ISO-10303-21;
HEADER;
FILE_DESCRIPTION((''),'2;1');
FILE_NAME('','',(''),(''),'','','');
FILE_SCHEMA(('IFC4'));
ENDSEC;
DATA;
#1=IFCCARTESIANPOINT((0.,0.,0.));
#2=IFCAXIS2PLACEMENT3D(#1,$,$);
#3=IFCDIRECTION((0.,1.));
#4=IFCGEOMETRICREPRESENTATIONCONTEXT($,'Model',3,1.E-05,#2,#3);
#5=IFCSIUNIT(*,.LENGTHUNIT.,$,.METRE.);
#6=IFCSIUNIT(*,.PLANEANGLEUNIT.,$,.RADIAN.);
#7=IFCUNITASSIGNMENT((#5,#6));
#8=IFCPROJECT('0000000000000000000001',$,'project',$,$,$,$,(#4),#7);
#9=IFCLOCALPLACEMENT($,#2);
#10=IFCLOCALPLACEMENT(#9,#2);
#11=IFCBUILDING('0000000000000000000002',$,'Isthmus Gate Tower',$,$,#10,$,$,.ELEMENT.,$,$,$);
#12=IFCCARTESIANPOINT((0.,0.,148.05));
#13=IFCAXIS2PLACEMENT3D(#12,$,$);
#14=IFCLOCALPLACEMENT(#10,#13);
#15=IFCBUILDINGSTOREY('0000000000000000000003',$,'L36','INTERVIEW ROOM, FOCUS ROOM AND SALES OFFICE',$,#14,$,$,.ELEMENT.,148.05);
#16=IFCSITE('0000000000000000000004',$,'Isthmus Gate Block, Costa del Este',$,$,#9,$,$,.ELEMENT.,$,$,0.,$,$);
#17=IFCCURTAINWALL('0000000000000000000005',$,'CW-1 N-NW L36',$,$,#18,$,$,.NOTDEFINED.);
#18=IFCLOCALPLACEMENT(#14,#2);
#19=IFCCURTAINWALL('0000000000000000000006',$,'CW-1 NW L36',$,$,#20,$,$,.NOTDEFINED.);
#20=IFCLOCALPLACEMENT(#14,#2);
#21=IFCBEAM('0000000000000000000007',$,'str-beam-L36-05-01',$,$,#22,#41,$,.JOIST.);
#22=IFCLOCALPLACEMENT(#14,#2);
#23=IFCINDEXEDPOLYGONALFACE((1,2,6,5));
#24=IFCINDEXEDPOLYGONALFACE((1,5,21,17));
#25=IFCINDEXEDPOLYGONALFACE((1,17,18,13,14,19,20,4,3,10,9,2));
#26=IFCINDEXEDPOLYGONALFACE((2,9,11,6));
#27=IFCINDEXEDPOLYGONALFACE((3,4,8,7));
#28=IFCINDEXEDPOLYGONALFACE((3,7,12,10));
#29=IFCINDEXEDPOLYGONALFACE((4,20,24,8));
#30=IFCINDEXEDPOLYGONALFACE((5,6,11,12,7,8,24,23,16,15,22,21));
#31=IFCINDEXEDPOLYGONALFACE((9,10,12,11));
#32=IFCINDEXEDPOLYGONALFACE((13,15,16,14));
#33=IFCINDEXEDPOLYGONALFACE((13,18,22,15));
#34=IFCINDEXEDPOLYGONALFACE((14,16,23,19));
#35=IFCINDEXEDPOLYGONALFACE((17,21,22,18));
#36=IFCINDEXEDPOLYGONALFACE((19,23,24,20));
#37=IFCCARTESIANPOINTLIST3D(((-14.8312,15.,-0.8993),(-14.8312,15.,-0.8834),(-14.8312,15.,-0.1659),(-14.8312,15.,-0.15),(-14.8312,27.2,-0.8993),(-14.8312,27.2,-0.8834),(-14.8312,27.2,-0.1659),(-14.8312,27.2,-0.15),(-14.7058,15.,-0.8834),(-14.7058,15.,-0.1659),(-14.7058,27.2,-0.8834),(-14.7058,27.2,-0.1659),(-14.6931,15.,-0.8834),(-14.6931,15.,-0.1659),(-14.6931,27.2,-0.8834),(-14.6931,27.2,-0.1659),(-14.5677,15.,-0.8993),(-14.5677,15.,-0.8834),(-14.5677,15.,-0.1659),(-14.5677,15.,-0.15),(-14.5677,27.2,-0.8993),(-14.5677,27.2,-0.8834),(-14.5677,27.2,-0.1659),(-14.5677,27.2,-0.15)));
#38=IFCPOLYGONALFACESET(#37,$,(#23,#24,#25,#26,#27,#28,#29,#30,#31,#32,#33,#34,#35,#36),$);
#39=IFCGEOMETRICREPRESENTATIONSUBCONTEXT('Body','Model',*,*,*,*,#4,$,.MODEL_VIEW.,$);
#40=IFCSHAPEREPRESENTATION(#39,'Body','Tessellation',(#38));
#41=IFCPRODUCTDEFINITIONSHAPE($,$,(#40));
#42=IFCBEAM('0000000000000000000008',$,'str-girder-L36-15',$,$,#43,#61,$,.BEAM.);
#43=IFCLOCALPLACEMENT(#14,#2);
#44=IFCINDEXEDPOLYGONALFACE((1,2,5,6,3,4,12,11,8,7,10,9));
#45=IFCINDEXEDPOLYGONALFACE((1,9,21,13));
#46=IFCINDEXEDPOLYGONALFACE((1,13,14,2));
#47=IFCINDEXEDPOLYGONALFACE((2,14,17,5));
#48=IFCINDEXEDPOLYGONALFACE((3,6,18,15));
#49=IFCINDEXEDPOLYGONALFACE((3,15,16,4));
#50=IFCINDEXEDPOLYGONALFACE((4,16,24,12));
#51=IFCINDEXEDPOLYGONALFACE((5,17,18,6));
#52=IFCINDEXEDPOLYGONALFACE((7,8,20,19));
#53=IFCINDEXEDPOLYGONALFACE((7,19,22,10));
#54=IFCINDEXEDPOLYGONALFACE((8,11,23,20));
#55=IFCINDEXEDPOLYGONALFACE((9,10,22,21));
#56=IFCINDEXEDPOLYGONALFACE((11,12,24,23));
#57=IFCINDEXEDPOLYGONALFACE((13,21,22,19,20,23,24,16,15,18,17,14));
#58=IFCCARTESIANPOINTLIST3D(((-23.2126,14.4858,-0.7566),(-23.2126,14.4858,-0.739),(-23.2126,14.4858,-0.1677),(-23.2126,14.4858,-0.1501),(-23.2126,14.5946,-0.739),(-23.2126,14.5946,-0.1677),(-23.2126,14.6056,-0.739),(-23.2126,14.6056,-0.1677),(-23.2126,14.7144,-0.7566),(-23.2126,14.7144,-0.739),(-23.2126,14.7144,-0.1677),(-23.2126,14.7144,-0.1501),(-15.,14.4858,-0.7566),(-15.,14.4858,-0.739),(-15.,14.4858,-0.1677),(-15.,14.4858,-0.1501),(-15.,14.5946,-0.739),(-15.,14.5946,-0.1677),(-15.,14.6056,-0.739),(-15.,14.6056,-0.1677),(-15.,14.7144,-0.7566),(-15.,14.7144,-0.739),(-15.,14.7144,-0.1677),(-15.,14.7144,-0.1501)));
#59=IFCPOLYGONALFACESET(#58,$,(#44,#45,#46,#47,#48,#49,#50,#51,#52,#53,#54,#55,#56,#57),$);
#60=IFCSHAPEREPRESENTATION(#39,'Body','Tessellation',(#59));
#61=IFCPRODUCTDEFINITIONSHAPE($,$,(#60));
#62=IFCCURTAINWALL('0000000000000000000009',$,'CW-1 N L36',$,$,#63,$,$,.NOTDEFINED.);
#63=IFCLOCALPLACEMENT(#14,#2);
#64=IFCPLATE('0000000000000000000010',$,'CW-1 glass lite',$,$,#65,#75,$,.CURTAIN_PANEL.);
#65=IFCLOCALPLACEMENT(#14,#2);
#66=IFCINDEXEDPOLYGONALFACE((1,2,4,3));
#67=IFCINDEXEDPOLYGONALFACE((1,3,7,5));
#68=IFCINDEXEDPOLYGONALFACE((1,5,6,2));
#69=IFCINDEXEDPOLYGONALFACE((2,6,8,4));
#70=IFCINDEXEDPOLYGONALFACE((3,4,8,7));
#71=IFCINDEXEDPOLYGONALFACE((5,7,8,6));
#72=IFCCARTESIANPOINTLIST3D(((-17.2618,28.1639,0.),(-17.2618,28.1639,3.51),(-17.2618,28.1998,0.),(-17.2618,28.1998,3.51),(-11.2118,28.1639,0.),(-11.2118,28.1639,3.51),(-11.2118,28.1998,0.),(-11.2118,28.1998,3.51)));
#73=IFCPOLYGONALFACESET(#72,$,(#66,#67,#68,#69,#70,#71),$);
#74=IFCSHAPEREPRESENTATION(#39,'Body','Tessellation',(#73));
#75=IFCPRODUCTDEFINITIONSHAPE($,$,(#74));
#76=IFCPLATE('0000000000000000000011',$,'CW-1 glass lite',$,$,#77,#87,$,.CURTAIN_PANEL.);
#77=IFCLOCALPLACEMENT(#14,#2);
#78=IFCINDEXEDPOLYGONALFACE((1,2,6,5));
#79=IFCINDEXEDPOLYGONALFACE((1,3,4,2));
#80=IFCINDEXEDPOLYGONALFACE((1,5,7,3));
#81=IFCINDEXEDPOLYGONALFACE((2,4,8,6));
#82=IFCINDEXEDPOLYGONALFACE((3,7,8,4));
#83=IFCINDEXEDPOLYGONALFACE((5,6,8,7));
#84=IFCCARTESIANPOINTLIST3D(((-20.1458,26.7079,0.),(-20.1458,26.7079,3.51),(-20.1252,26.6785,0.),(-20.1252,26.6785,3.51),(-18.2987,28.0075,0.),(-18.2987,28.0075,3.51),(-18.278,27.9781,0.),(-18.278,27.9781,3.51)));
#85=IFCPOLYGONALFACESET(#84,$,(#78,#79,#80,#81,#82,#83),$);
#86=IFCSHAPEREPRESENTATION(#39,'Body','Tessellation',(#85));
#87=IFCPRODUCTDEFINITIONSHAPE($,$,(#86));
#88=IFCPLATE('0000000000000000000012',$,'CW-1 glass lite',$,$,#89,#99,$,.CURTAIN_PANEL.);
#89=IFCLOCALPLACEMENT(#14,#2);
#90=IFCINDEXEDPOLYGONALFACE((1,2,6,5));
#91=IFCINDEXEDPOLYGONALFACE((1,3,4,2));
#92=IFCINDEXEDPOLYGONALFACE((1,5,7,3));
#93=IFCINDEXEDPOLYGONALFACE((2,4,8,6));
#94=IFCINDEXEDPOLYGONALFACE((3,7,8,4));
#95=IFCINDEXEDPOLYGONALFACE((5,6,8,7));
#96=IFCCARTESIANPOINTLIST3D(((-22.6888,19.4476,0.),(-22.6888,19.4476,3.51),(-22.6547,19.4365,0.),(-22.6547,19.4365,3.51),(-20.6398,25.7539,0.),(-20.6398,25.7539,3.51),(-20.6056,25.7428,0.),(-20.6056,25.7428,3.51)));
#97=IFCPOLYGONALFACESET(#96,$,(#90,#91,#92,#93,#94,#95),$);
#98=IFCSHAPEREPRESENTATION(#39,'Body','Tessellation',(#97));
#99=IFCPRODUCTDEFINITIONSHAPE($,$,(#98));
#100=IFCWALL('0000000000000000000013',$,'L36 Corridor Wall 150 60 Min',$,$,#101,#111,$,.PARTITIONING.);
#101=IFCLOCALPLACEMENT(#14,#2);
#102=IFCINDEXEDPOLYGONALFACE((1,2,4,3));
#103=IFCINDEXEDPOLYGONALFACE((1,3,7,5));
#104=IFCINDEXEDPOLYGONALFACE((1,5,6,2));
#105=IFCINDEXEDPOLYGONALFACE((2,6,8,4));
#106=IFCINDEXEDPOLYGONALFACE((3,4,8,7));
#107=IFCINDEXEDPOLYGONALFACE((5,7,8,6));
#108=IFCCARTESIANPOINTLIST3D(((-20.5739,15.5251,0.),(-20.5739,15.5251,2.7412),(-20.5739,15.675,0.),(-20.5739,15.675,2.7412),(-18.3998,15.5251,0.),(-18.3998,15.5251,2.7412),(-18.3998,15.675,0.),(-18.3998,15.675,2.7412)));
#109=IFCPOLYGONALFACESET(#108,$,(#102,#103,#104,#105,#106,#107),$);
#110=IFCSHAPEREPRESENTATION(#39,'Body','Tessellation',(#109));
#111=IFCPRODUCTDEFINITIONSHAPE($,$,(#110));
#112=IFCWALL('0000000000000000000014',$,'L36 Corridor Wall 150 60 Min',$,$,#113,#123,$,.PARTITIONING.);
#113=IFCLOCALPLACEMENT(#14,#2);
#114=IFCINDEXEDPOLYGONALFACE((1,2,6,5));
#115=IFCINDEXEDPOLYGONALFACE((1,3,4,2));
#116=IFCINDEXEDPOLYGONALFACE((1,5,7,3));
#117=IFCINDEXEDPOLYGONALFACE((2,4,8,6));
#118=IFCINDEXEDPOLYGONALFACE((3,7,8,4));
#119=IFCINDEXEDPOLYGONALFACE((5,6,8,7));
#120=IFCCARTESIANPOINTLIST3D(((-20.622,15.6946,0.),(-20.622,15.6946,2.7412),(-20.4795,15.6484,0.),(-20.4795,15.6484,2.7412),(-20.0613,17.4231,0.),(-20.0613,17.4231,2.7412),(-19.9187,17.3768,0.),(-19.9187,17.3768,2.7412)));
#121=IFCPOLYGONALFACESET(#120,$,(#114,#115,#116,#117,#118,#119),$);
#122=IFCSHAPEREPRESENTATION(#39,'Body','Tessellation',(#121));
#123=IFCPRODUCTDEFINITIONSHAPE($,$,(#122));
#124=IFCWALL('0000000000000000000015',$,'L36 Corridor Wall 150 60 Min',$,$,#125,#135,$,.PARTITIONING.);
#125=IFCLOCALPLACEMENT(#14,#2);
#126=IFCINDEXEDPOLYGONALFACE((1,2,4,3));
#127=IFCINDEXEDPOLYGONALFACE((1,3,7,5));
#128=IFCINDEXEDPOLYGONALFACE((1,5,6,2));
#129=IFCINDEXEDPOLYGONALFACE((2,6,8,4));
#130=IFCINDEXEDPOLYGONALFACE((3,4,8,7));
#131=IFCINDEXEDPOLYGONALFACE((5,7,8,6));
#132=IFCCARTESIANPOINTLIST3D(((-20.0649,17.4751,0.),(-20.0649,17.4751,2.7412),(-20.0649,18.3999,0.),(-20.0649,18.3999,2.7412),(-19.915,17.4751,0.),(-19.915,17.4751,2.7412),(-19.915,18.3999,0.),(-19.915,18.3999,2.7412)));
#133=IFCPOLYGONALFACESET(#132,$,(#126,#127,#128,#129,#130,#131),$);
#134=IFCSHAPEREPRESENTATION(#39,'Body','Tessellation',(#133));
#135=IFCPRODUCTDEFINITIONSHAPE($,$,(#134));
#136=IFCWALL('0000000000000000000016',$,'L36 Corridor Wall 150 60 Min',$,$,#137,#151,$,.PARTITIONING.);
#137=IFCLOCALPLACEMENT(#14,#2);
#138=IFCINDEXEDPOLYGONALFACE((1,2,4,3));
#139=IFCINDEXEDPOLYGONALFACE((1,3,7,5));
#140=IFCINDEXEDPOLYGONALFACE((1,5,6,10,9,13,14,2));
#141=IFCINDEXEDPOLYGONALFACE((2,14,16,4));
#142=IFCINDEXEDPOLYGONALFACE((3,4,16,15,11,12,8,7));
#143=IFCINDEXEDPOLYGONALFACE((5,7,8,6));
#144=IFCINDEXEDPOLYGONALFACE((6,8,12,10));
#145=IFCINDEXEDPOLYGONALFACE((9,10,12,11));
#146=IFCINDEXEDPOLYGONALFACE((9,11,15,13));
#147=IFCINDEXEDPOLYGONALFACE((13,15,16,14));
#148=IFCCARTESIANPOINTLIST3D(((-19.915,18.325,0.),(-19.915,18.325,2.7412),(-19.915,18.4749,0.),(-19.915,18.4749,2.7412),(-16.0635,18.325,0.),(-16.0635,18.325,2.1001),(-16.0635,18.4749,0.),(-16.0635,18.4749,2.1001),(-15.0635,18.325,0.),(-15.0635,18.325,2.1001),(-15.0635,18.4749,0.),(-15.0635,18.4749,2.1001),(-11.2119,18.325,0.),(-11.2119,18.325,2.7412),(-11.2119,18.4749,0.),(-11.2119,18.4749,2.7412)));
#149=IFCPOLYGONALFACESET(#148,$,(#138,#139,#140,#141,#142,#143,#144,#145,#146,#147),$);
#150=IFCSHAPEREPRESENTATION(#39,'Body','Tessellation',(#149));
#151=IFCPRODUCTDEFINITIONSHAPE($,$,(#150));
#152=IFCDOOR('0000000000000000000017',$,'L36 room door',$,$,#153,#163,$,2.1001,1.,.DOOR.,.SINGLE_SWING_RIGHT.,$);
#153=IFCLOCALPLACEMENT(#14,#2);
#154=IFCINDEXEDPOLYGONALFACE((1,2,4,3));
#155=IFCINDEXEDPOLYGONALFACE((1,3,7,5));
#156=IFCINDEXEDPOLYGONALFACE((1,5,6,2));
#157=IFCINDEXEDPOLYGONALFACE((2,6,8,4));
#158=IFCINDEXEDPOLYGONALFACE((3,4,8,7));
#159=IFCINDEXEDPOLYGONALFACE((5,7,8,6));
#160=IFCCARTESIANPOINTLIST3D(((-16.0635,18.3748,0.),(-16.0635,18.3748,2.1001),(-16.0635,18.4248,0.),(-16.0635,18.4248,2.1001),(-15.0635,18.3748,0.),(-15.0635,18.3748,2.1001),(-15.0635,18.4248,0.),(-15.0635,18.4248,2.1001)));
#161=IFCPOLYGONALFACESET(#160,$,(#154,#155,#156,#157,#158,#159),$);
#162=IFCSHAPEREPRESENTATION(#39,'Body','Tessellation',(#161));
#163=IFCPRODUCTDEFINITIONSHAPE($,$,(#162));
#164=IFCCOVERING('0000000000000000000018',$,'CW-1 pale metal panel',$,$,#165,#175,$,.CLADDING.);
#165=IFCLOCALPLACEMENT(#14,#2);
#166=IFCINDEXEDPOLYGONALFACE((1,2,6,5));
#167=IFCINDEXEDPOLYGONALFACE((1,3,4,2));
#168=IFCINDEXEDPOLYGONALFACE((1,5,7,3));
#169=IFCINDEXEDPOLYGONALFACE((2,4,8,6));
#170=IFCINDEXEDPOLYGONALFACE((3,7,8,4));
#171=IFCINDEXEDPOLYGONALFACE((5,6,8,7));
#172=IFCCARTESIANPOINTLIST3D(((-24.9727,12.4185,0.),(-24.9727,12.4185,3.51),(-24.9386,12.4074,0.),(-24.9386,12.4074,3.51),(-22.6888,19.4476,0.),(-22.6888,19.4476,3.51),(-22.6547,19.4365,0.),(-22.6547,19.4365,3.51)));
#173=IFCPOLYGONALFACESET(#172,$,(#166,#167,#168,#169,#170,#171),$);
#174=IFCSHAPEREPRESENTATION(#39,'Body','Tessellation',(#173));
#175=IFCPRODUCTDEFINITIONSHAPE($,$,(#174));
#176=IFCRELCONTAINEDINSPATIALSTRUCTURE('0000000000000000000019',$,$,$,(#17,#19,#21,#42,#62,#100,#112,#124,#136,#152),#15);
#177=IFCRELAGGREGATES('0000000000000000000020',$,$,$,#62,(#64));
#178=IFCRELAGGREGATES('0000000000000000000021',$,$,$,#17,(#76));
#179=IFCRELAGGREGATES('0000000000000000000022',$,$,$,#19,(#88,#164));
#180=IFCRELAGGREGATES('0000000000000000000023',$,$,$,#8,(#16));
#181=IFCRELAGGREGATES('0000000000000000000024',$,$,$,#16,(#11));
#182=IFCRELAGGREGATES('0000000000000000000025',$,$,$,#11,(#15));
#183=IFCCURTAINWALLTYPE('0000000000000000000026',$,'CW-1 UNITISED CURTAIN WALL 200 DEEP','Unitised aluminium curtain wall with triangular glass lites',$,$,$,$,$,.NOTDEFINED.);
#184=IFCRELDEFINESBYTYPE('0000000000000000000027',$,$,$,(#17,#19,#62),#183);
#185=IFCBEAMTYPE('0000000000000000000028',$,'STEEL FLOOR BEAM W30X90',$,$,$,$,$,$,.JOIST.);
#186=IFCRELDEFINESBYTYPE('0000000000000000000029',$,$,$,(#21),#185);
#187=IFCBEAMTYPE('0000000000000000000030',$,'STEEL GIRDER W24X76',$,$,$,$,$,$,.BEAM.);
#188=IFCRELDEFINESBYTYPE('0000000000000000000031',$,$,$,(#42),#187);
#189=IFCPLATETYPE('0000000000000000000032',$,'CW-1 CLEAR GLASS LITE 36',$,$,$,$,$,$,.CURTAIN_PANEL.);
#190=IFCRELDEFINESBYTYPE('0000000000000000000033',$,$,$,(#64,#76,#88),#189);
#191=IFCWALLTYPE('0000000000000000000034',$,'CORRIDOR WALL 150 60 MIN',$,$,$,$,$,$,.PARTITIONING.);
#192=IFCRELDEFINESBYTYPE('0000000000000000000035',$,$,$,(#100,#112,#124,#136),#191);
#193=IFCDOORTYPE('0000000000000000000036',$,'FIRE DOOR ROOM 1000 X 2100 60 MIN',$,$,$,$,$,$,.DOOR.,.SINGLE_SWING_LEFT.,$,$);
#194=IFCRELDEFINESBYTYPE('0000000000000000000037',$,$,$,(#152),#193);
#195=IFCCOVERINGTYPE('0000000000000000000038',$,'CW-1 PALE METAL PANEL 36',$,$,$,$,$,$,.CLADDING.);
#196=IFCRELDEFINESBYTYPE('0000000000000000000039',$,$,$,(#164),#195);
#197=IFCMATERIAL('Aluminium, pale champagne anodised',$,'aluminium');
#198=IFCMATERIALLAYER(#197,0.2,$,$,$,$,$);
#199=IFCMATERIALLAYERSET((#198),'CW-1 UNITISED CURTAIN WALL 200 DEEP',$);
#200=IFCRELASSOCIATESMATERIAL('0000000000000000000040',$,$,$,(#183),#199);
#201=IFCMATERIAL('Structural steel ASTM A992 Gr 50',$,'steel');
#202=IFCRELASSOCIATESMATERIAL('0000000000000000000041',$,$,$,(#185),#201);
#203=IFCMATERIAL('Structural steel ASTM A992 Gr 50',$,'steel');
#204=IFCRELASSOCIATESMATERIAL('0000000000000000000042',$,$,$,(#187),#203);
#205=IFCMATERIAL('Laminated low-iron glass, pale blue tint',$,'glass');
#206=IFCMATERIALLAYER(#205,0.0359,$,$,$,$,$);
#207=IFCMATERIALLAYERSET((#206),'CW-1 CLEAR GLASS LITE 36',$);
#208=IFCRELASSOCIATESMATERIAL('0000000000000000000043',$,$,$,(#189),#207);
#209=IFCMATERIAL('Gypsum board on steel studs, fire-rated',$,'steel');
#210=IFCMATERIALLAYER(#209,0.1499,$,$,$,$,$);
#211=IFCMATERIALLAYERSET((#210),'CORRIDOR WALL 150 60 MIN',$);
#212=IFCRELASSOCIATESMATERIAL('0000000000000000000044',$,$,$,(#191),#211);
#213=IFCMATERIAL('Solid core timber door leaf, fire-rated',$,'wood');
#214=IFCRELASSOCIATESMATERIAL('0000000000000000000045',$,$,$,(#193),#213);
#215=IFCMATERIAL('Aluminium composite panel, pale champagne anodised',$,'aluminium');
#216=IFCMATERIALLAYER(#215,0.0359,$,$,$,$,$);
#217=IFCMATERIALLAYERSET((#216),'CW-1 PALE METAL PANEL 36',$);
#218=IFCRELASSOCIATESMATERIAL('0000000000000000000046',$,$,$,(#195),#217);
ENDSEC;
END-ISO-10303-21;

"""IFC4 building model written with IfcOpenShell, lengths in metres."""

from ifc_helpers import new_model, si_unit, direction, frame, frame_2d, origin, origin_2d, place, context, subcontext, project, spatial, rectangle, i_section, extrude, material, layer, layer_set, material_profile, profile_set, type_object, element, fill, aggregate, save


model = new_model("IFC4")

# Units and contexts
model_context = context("Model", 3, precision=1e-05, world=origin(), true_north=direction((0.0, 1.0)))
body_context = subcontext(model_context, "Body", "Model", "MODEL_VIEW")
ifc_project = project(units=[si_unit("LENGTHUNIT", "METRE"), si_unit("PLANEANGLEUNIT", "RADIAN")], contexts=[model_context])

# Site, building, storey
site_placement = place(None, origin())
site = spatial("IfcSite", under=ifc_project, at=site_placement, Name="Isthmus Gate Block, Costa del Este", CompositionType="ELEMENT", RefElevation=0.0)
building_placement = place(site_placement, origin())
building = spatial("IfcBuilding", under=site, at=building_placement, Name="Isthmus Gate Tower", CompositionType="ELEMENT")
storey_placement = place(building_placement, frame((0.0, 0.0, 148.05)))
storey = spatial("IfcBuildingStorey", under=building, at=storey_placement, Name="L36", Description="INTERVIEW ROOM, FOCUS ROOM AND SALES OFFICE", CompositionType="ELEMENT", Elevation=148.05)

# Curtain walls
ifc_material_1 = material(Name="Aluminium, pale champagne anodised", Category="aluminium")
ifc_layer_1 = layer(ifc_material_1, 0.2)
ifc_layer_set_1 = layer_set([ifc_layer_1], Name="CW-1 UNITISED CURTAIN WALL 200 DEEP")
curtain_wall_type = type_object("IfcCurtainWallType", Name="CW-1 UNITISED CURTAIN WALL 200 DEEP", Description="Unitised aluminium curtain wall with triangular glass lites", PredefinedType="NOTDEFINED", material=ifc_layer_set_1)
curtain_wall_1_placement = place(storey_placement, origin())
curtain_wall_1 = element("IfcCurtainWall", 1, at=curtain_wall_1_placement, inside=storey, type_object=curtain_wall_type, Name="CW-1 N-NW L36", PredefinedType="NOTDEFINED")
curtain_wall_2_placement = place(storey_placement, origin())
curtain_wall_2 = element("IfcCurtainWall", 2, at=curtain_wall_2_placement, inside=storey, type_object=curtain_wall_type, Name="CW-1 NW L36", PredefinedType="NOTDEFINED")

# Beams
ifc_material_2 = material(Name="Structural steel ASTM A992 Gr 50", Category="steel")
ifc_material_profile_1 = material_profile(ifc_material_2, i_section(OverallWidth=0.2634, OverallDepth=0.7493, WebThickness=0.0127, FlangeThickness=0.0159, at=origin_2d()), Name="W30X90")
ifc_profile_set_1 = profile_set([ifc_material_profile_1], Name="Structural steel ASTM A992 Gr 50")
beam_type_1 = type_object("IfcBeamType", Name="STEEL FLOOR BEAM W30X90", PredefinedType="JOIST", material=ifc_profile_set_1)
beam_1_placement = place(storey_placement, frame((-14.6995, 15.0, -0.5247), z_axis=(0.0, 1.0, 0.0), x_axis=(-1.0, 0.0, 0.0)))
element("IfcBeam", 3, at=beam_1_placement, inside=storey, type_object=beam_type_1, Name="str-beam-L36-05-01", PredefinedType="JOIST", context=body_context, shape_type="SweptSolid", body=[
    extrude(i_section(OverallWidth=0.2634, OverallDepth=0.7493, WebThickness=0.0127, FlangeThickness=0.0159, at=origin_2d()), origin(), (0.0, 0.0, 1.0), 12.2),
])
ifc_material_3 = material(Name="Structural steel ASTM A992 Gr 50", Category="steel")
ifc_material_profile_2 = material_profile(ifc_material_3, i_section(OverallWidth=0.2285, OverallDepth=0.6064, WebThickness=0.011, FlangeThickness=0.0176, at=origin_2d()), Name="W24X76")
ifc_profile_set_2 = profile_set([ifc_material_profile_2], Name="Structural steel ASTM A992 Gr 50")
beam_type_2 = type_object("IfcBeamType", Name="STEEL GIRDER W24X76", PredefinedType="BEAM", material=ifc_profile_set_2)
beam_2_placement = place(storey_placement, frame((-15.0, 14.6001, -0.4534), z_axis=(-1.0, 0.0, 0.0), x_axis=(0.0, -1.0, 0.0)))
element("IfcBeam", 4, at=beam_2_placement, inside=storey, type_object=beam_type_2, Name="str-girder-L36-15", PredefinedType="BEAM", context=body_context, shape_type="SweptSolid", body=[
    extrude(i_section(OverallWidth=0.2285, OverallDepth=0.6064, WebThickness=0.011, FlangeThickness=0.0176, at=origin_2d()), origin(), (0.0, 0.0, 1.0), 8.2126),
])

# Curtain wall, plate
curtain_wall_3_placement = place(storey_placement, origin())
curtain_wall_3 = element("IfcCurtainWall", 5, at=curtain_wall_3_placement, inside=storey, type_object=curtain_wall_type, Name="CW-1 N L36", PredefinedType="NOTDEFINED")
ifc_material_4 = material(Name="Laminated low-iron glass, pale blue tint", Category="glass")
ifc_layer_2 = layer(ifc_material_4, 0.0359)
ifc_layer_set_2 = layer_set([ifc_layer_2], Name="CW-1 CLEAR GLASS LITE 36")
plate_type = type_object("IfcPlateType", Name="CW-1 CLEAR GLASS LITE 36", PredefinedType="CURTAIN_PANEL", material=ifc_layer_set_2)
plate_1_placement = place(storey_placement, frame((-14.2368, 28.1819, 0.0), z_axis=(0.0, 0.0, 1.0), x_axis=(-1.0, 0.0, 0.0)))
plate_1 = element("IfcPlate", 6, at=plate_1_placement, type_object=plate_type, Name="CW-1 glass lite", PredefinedType="CURTAIN_PANEL", context=body_context, shape_type="SweptSolid", body=[
    extrude(rectangle(XDim=6.05, YDim=0.0359, at=origin_2d()), origin(), (0.0, 0.0, 1.0), 3.51),
])
aggregate(curtain_wall_3, [plate_1])

# Plates
plate_2_placement = place(storey_placement, frame((-19.2119, 27.343, 0.0), z_axis=(0.0, 0.0, 1.0), x_axis=(-0.81786, -0.575418, 0.0)))
plate_2 = element("IfcPlate", 7, at=plate_2_placement, type_object=plate_type, Name="CW-1 glass lite", PredefinedType="CURTAIN_PANEL", context=body_context, shape_type="SweptSolid", body=[
    extrude(rectangle(XDim=2.2585, YDim=0.0359, at=origin_2d()), origin(), (0.0, 0.0, 1.0), 3.51),
])
aggregate(curtain_wall_1, [plate_2])
plate_3_placement = place(storey_placement, frame((-21.6472, 22.5952, 0.0), z_axis=(0.0, 0.0, 1.0), x_axis=(-0.309017, -0.951057, 0.0)))
plate_3 = element("IfcPlate", 8, at=plate_3_placement, type_object=plate_type, Name="CW-1 glass lite", PredefinedType="CURTAIN_PANEL", context=body_context, shape_type="SweptSolid", body=[
    extrude(rectangle(XDim=6.6309, YDim=0.0359, at=origin_2d()), origin(), (0.0, 0.0, 1.0), 3.51),
])

# Walls
ifc_material_5 = material(Name="Gypsum board on steel studs, fire-rated", Category="steel")
ifc_layer_3 = layer(ifc_material_5, 0.1499)
ifc_layer_set_3 = layer_set([ifc_layer_3], Name="CORRIDOR WALL 150 60 MIN")
wall_type = type_object("IfcWallType", Name="CORRIDOR WALL 150 60 MIN", PredefinedType="PARTITIONING", material=ifc_layer_set_3)
wall_1_placement = place(storey_placement, frame((-18.3999, 15.6001, 0.0), z_axis=(0.0, 0.0, 1.0), x_axis=(-1.0, 0.0, 0.0)))
element("IfcWall", 9, at=wall_1_placement, inside=storey, type_object=wall_type, Name="L36 Corridor Wall 150 60 Min", PredefinedType="PARTITIONING", context=body_context, shape_type="SweptSolid", body=[
    extrude(rectangle(XDim=2.1741, YDim=0.1499, at=frame_2d((1.0869, 0.0))), origin(), (0.0, 0.0, 1.0), 2.7412),
])
wall_2_placement = place(storey_placement, frame((-20.5508, 15.6714, 0.0), z_axis=(0.0, 0.0, 1.0), x_axis=(0.3086, 0.951192, 0.0)))
element("IfcWall", 10, at=wall_2_placement, inside=storey, type_object=wall_type, Name="L36 Corridor Wall 150 60 Min", PredefinedType="PARTITIONING", context=body_context, shape_type="SweptSolid", body=[
    extrude(rectangle(XDim=1.8171, YDim=0.1499, at=frame_2d((0.9087, 0.0))), origin(), (0.0, 0.0, 1.0), 2.7412),
])
wall_3_placement = place(storey_placement, frame((-19.99, 17.4751, 0.0), z_axis=(0.0, 0.0, 1.0), x_axis=(0.0, 1.0, 0.0)))
element("IfcWall", 11, at=wall_3_placement, inside=storey, type_object=wall_type, Name="L36 Corridor Wall 150 60 Min", PredefinedType="PARTITIONING", context=body_context, shape_type="SweptSolid", body=[
    extrude(rectangle(XDim=0.9248, YDim=0.1499, at=frame_2d((0.4624, 0.0))), origin(), (0.0, 0.0, 1.0), 2.7412),
])

# Wall, opening, door
wall_4_placement = place(storey_placement, frame((-19.915, 18.3999, 0.0), z_axis=(0.0, 0.0, 1.0), x_axis=(1.0, 0.0, 0.0)))
wall_4 = element("IfcWall", 12, at=wall_4_placement, inside=storey, type_object=wall_type, Name="L36 Corridor Wall 150 60 Min", PredefinedType="PARTITIONING", context=body_context, shape_type="SweptSolid", body=[
    extrude(rectangle(XDim=8.7031, YDim=0.1499, at=frame_2d((4.3516, 0.0))), origin(), (0.0, 0.0, 1.0), 2.7412),
])
opening_placement = place(wall_4_placement, frame((3.8516, 0.0, 0.0)))
opening = element("IfcOpeningElement", 13, at=opening_placement, cuts=wall_4, PredefinedType="OPENING", context=body_context, shape_type="SweptSolid", body=[
    extrude(rectangle(XDim=1.0, YDim=2.1001, at=frame_2d((0.5, 1.05))), frame((0.0, 0.085, 0.0), z_axis=(0.0, -1.0, 0.0), x_axis=(1.0, 0.0, 0.0)), (0.0, 0.0, 1.0), 0.1699),
])
ifc_material_6 = material(Name="Solid core timber door leaf, fire-rated", Category="wood")
door_type = type_object("IfcDoorType", Name="FIRE DOOR ROOM 1000 X 2100 60 MIN", OperationType="SINGLE_SWING_LEFT", PredefinedType="DOOR", material=ifc_material_6)
door_placement = place(opening_placement, origin())
door = element("IfcDoor", 14, at=door_placement, inside=storey, type_object=door_type, Name="L36 room door", OperationType="SINGLE_SWING_RIGHT", OverallHeight=2.1001, OverallWidth=1.0, PredefinedType="DOOR", context=body_context, shape_type="SweptSolid", body=[
    extrude(rectangle(XDim=1.0, YDim=2.1001, at=frame_2d((0.5, 1.05))), frame((0.0, 0.0249, 0.0), z_axis=(0.0, -1.0, 0.0), x_axis=(1.0, 0.0, 0.0)), (0.0, 0.0, 1.0), 0.05),
])
fill(opening, door)

# Covering
ifc_material_7 = material(Name="Aluminium composite panel, pale champagne anodised", Category="aluminium")
ifc_layer_4 = layer(ifc_material_7, 0.0359)
ifc_layer_set_4 = layer_set([ifc_layer_4], Name="CW-1 PALE METAL PANEL 36")
covering_type = type_object("IfcCoveringType", Name="CW-1 PALE METAL PANEL 36", PredefinedType="CLADDING", material=ifc_layer_set_4)
covering_placement = place(storey_placement, frame((-23.8137, 15.9275, 0.0), z_axis=(0.0, 0.0, 1.0), x_axis=(-0.309017, -0.951057, 0.0)))
covering = element("IfcCovering", 15, at=covering_placement, type_object=covering_type, Name="CW-1 pale metal panel", PredefinedType="CLADDING", context=body_context, shape_type="SweptSolid", body=[
    extrude(rectangle(XDim=7.3909, YDim=0.0359, at=origin_2d()), origin(), (0.0, 0.0, 1.0), 3.51),
])
aggregate(curtain_wall_2, [plate_3, covering])

save(model, "model.ifc")
